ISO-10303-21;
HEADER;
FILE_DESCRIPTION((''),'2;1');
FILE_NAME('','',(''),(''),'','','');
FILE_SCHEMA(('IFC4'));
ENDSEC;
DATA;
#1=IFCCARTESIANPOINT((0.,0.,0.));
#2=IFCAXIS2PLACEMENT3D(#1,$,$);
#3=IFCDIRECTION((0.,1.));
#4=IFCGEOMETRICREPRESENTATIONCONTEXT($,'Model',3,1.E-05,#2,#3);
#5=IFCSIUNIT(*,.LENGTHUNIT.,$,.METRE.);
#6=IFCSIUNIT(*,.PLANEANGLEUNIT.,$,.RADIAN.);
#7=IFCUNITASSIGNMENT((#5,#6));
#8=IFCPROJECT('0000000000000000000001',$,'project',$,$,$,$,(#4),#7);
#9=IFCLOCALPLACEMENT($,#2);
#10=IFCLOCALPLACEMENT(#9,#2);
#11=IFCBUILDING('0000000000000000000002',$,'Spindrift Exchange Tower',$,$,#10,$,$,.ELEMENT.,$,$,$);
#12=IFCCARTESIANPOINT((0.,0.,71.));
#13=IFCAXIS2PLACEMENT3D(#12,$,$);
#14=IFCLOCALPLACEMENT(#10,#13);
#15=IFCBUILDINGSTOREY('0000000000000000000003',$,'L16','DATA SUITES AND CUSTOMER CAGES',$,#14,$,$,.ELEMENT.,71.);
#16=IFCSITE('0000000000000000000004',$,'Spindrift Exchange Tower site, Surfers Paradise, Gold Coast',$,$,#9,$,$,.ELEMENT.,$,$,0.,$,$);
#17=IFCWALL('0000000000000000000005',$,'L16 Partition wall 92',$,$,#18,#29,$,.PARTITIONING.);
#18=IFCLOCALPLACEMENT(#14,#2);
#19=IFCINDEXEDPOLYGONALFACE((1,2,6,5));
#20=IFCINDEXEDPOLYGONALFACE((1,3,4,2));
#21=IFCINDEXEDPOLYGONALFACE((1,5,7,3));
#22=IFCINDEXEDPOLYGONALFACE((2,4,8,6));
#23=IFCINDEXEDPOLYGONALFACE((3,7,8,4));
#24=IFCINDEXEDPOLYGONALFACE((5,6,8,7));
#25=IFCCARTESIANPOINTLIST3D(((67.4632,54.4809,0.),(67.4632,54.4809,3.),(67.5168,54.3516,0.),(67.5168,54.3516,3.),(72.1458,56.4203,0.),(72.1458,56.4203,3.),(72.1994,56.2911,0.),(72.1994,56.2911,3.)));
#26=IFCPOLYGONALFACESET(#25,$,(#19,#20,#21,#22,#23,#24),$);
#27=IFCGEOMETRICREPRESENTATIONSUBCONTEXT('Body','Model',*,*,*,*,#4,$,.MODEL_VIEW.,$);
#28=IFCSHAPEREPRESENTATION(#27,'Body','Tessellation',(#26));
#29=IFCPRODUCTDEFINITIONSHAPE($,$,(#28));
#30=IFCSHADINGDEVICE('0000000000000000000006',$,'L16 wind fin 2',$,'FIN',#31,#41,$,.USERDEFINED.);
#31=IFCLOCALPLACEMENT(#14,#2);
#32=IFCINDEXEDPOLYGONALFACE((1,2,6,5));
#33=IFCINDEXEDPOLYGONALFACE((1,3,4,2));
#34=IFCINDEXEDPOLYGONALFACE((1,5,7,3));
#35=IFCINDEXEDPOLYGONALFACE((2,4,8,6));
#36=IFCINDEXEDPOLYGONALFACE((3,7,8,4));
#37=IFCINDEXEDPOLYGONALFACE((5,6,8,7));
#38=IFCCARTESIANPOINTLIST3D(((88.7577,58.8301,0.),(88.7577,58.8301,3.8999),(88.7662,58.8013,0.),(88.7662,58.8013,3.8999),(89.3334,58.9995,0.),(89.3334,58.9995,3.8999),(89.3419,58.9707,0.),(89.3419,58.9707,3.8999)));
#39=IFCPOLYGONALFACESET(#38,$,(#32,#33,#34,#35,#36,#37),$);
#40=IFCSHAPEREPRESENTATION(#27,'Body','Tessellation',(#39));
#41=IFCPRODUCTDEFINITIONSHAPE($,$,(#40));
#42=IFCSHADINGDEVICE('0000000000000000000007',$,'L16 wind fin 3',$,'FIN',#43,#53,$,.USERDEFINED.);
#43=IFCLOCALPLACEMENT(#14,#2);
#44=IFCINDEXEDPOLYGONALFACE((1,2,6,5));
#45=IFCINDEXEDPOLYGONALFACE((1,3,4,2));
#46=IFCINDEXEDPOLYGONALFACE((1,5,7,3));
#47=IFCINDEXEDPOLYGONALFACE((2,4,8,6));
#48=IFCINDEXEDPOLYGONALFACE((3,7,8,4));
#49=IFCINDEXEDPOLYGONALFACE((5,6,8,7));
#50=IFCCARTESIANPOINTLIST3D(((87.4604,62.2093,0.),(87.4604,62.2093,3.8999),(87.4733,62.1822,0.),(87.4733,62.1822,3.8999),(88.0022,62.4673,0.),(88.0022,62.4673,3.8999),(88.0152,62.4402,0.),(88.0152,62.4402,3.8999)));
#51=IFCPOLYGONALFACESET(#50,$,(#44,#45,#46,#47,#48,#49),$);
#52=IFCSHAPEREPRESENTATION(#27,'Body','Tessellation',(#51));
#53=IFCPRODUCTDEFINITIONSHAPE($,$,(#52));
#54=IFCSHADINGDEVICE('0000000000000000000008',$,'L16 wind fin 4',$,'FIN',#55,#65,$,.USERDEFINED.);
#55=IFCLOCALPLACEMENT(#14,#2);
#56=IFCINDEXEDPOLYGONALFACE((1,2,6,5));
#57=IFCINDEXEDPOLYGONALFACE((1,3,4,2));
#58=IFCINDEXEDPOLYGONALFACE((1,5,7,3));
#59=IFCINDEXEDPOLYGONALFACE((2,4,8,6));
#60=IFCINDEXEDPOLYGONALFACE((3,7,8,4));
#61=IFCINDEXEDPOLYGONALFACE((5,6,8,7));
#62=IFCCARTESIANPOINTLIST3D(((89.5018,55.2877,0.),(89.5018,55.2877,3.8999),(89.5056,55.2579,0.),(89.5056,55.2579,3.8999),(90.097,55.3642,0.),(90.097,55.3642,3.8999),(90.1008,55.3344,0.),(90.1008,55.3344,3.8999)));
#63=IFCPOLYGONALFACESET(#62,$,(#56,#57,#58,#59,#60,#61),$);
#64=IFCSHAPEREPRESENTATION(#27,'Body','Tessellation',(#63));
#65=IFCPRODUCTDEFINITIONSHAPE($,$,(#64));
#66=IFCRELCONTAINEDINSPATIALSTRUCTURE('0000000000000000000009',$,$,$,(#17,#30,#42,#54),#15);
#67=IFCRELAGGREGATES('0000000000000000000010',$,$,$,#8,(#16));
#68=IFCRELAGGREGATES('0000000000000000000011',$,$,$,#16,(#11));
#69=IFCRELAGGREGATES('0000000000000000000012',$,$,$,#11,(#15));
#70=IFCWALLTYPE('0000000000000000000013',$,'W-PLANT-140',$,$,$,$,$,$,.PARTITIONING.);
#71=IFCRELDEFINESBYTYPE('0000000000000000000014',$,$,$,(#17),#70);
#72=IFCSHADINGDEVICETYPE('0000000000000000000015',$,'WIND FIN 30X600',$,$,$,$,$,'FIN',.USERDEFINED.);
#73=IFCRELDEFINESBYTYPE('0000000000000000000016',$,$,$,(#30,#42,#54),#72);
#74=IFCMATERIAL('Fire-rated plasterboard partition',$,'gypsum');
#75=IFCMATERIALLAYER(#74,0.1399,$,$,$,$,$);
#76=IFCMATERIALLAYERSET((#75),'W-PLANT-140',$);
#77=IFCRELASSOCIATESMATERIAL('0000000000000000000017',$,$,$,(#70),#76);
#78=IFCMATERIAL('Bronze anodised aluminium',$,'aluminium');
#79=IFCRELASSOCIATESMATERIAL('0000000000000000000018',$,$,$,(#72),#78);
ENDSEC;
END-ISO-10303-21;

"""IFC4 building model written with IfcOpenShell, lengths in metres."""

from ifc_helpers import new_model, si_unit, direction, frame, frame_2d, origin, origin_2d, place, context, subcontext, project, spatial, rectangle, extrude, source, transform, mapped, material, layer, layer_set, material_profile, profile_set, type_object, element, save


model = new_model("IFC4")

# Units and contexts
model_context = context("Model", 3, precision=1e-05, world=origin(), true_north=direction((0.0, 1.0)))
body_context = subcontext(model_context, "Body", "Model", "MODEL_VIEW")
ifc_project = project(units=[si_unit("LENGTHUNIT", "METRE"), si_unit("PLANEANGLEUNIT", "RADIAN")], contexts=[model_context])

# Site, building, storey
site_placement = place(None, origin())
site = spatial("IfcSite", under=ifc_project, at=site_placement, Name="Spindrift Exchange Tower site, Surfers Paradise, Gold Coast", CompositionType="ELEMENT", RefElevation=0.0)
building_placement = place(site_placement, origin())
building = spatial("IfcBuilding", under=site, at=building_placement, Name="Spindrift Exchange Tower", CompositionType="ELEMENT")
storey_placement = place(building_placement, frame((0.0, 0.0, 71.0)))
storey = spatial("IfcBuildingStorey", under=building, at=storey_placement, Name="L16", Description="DATA SUITES AND CUSTOMER CAGES", CompositionType="ELEMENT", Elevation=71.0)

# Shared definitions
ifc_material_1 = material(Name="Bronze anodised aluminium", Category="aluminium")

# Shared definitions
ifc_material_2 = material(Name="Fire-rated plasterboard partition", Category="gypsum")
ifc_layer_1 = layer(ifc_material_2, 0.1399)
ifc_layer_set_1 = layer_set([ifc_layer_1], Name="W-PLANT-140")
wall_type_1 = type_object("IfcWallType", Name="W-PLANT-140", PredefinedType="PARTITIONING", material=ifc_layer_set_1)

# Wall
wall_1_placement = place(storey_placement, frame((67.49, 54.4163, 0.0), z_axis=(0.0, 0.0, 1.0), x_axis=(0.92389, 0.382658, 0.0)))
element("IfcWall", 1, at=wall_1_placement, inside=storey, type_object=wall_type_1, Name="L16 Partition wall 92", PredefinedType="PARTITIONING", context=body_context, shape_type="SweptSolid", body=[
    extrude(rectangle(XDim=5.0684, YDim=0.1399, at=frame_2d((2.5342, 0.0))), origin(), (0.0, 0.0, 1.0), 3.0),
])

# Shading devices
ifc_material_profile_1 = material_profile(ifc_material_1, rectangle(XDim=0.03, YDim=0.6001, at=origin_2d()), Name="WIND FIN 30X600")
ifc_profile_set_1 = profile_set([ifc_material_profile_1], Name="Bronze anodised aluminium")
shading_device_type = type_object("IfcShadingDeviceType", Name="WIND FIN 30X600", ElementType="FIN", PredefinedType="USERDEFINED", material=ifc_profile_set_1)
shared_shape_1 = source(origin(), body_context, "Body", "SweptSolid", [
    extrude(rectangle(XDim=0.03, YDim=0.6001, at=origin_2d()), origin(), (0.0, 0.0, 1.0), 3.8999),
])
for number, where, z_axis, x_axis, name in (
    (2, (89.0498, 58.9004, 0.0), (0.0, 0.0, 1.0), (-0.282243, 0.959343, 0.0), "L16 wind fin 2"),
    (3, (87.7378, 62.3247, 0.0), (0.0, 0.0, 1.0), (-0.429931, 0.902862, 0.0), "L16 wind fin 3"),
    (4, (89.8013, 55.311, 0.0), (0.0, 0.0, 1.0), (-0.127504, 0.991838, 0.0), "L16 wind fin 4"),
):
    element("IfcShadingDevice", number, at=place(storey_placement, frame(where, z_axis=z_axis, x_axis=x_axis)), inside=storey, type_object=shading_device_type, Name=name, ObjectType="FIN", PredefinedType="USERDEFINED", context=body_context, shape_type="MappedRepresentation", body=[
        mapped(shared_shape_1, transform((0.0, 0.0, 0.0), scale=1.0)),
    ])

save(model, "model.ifc")
